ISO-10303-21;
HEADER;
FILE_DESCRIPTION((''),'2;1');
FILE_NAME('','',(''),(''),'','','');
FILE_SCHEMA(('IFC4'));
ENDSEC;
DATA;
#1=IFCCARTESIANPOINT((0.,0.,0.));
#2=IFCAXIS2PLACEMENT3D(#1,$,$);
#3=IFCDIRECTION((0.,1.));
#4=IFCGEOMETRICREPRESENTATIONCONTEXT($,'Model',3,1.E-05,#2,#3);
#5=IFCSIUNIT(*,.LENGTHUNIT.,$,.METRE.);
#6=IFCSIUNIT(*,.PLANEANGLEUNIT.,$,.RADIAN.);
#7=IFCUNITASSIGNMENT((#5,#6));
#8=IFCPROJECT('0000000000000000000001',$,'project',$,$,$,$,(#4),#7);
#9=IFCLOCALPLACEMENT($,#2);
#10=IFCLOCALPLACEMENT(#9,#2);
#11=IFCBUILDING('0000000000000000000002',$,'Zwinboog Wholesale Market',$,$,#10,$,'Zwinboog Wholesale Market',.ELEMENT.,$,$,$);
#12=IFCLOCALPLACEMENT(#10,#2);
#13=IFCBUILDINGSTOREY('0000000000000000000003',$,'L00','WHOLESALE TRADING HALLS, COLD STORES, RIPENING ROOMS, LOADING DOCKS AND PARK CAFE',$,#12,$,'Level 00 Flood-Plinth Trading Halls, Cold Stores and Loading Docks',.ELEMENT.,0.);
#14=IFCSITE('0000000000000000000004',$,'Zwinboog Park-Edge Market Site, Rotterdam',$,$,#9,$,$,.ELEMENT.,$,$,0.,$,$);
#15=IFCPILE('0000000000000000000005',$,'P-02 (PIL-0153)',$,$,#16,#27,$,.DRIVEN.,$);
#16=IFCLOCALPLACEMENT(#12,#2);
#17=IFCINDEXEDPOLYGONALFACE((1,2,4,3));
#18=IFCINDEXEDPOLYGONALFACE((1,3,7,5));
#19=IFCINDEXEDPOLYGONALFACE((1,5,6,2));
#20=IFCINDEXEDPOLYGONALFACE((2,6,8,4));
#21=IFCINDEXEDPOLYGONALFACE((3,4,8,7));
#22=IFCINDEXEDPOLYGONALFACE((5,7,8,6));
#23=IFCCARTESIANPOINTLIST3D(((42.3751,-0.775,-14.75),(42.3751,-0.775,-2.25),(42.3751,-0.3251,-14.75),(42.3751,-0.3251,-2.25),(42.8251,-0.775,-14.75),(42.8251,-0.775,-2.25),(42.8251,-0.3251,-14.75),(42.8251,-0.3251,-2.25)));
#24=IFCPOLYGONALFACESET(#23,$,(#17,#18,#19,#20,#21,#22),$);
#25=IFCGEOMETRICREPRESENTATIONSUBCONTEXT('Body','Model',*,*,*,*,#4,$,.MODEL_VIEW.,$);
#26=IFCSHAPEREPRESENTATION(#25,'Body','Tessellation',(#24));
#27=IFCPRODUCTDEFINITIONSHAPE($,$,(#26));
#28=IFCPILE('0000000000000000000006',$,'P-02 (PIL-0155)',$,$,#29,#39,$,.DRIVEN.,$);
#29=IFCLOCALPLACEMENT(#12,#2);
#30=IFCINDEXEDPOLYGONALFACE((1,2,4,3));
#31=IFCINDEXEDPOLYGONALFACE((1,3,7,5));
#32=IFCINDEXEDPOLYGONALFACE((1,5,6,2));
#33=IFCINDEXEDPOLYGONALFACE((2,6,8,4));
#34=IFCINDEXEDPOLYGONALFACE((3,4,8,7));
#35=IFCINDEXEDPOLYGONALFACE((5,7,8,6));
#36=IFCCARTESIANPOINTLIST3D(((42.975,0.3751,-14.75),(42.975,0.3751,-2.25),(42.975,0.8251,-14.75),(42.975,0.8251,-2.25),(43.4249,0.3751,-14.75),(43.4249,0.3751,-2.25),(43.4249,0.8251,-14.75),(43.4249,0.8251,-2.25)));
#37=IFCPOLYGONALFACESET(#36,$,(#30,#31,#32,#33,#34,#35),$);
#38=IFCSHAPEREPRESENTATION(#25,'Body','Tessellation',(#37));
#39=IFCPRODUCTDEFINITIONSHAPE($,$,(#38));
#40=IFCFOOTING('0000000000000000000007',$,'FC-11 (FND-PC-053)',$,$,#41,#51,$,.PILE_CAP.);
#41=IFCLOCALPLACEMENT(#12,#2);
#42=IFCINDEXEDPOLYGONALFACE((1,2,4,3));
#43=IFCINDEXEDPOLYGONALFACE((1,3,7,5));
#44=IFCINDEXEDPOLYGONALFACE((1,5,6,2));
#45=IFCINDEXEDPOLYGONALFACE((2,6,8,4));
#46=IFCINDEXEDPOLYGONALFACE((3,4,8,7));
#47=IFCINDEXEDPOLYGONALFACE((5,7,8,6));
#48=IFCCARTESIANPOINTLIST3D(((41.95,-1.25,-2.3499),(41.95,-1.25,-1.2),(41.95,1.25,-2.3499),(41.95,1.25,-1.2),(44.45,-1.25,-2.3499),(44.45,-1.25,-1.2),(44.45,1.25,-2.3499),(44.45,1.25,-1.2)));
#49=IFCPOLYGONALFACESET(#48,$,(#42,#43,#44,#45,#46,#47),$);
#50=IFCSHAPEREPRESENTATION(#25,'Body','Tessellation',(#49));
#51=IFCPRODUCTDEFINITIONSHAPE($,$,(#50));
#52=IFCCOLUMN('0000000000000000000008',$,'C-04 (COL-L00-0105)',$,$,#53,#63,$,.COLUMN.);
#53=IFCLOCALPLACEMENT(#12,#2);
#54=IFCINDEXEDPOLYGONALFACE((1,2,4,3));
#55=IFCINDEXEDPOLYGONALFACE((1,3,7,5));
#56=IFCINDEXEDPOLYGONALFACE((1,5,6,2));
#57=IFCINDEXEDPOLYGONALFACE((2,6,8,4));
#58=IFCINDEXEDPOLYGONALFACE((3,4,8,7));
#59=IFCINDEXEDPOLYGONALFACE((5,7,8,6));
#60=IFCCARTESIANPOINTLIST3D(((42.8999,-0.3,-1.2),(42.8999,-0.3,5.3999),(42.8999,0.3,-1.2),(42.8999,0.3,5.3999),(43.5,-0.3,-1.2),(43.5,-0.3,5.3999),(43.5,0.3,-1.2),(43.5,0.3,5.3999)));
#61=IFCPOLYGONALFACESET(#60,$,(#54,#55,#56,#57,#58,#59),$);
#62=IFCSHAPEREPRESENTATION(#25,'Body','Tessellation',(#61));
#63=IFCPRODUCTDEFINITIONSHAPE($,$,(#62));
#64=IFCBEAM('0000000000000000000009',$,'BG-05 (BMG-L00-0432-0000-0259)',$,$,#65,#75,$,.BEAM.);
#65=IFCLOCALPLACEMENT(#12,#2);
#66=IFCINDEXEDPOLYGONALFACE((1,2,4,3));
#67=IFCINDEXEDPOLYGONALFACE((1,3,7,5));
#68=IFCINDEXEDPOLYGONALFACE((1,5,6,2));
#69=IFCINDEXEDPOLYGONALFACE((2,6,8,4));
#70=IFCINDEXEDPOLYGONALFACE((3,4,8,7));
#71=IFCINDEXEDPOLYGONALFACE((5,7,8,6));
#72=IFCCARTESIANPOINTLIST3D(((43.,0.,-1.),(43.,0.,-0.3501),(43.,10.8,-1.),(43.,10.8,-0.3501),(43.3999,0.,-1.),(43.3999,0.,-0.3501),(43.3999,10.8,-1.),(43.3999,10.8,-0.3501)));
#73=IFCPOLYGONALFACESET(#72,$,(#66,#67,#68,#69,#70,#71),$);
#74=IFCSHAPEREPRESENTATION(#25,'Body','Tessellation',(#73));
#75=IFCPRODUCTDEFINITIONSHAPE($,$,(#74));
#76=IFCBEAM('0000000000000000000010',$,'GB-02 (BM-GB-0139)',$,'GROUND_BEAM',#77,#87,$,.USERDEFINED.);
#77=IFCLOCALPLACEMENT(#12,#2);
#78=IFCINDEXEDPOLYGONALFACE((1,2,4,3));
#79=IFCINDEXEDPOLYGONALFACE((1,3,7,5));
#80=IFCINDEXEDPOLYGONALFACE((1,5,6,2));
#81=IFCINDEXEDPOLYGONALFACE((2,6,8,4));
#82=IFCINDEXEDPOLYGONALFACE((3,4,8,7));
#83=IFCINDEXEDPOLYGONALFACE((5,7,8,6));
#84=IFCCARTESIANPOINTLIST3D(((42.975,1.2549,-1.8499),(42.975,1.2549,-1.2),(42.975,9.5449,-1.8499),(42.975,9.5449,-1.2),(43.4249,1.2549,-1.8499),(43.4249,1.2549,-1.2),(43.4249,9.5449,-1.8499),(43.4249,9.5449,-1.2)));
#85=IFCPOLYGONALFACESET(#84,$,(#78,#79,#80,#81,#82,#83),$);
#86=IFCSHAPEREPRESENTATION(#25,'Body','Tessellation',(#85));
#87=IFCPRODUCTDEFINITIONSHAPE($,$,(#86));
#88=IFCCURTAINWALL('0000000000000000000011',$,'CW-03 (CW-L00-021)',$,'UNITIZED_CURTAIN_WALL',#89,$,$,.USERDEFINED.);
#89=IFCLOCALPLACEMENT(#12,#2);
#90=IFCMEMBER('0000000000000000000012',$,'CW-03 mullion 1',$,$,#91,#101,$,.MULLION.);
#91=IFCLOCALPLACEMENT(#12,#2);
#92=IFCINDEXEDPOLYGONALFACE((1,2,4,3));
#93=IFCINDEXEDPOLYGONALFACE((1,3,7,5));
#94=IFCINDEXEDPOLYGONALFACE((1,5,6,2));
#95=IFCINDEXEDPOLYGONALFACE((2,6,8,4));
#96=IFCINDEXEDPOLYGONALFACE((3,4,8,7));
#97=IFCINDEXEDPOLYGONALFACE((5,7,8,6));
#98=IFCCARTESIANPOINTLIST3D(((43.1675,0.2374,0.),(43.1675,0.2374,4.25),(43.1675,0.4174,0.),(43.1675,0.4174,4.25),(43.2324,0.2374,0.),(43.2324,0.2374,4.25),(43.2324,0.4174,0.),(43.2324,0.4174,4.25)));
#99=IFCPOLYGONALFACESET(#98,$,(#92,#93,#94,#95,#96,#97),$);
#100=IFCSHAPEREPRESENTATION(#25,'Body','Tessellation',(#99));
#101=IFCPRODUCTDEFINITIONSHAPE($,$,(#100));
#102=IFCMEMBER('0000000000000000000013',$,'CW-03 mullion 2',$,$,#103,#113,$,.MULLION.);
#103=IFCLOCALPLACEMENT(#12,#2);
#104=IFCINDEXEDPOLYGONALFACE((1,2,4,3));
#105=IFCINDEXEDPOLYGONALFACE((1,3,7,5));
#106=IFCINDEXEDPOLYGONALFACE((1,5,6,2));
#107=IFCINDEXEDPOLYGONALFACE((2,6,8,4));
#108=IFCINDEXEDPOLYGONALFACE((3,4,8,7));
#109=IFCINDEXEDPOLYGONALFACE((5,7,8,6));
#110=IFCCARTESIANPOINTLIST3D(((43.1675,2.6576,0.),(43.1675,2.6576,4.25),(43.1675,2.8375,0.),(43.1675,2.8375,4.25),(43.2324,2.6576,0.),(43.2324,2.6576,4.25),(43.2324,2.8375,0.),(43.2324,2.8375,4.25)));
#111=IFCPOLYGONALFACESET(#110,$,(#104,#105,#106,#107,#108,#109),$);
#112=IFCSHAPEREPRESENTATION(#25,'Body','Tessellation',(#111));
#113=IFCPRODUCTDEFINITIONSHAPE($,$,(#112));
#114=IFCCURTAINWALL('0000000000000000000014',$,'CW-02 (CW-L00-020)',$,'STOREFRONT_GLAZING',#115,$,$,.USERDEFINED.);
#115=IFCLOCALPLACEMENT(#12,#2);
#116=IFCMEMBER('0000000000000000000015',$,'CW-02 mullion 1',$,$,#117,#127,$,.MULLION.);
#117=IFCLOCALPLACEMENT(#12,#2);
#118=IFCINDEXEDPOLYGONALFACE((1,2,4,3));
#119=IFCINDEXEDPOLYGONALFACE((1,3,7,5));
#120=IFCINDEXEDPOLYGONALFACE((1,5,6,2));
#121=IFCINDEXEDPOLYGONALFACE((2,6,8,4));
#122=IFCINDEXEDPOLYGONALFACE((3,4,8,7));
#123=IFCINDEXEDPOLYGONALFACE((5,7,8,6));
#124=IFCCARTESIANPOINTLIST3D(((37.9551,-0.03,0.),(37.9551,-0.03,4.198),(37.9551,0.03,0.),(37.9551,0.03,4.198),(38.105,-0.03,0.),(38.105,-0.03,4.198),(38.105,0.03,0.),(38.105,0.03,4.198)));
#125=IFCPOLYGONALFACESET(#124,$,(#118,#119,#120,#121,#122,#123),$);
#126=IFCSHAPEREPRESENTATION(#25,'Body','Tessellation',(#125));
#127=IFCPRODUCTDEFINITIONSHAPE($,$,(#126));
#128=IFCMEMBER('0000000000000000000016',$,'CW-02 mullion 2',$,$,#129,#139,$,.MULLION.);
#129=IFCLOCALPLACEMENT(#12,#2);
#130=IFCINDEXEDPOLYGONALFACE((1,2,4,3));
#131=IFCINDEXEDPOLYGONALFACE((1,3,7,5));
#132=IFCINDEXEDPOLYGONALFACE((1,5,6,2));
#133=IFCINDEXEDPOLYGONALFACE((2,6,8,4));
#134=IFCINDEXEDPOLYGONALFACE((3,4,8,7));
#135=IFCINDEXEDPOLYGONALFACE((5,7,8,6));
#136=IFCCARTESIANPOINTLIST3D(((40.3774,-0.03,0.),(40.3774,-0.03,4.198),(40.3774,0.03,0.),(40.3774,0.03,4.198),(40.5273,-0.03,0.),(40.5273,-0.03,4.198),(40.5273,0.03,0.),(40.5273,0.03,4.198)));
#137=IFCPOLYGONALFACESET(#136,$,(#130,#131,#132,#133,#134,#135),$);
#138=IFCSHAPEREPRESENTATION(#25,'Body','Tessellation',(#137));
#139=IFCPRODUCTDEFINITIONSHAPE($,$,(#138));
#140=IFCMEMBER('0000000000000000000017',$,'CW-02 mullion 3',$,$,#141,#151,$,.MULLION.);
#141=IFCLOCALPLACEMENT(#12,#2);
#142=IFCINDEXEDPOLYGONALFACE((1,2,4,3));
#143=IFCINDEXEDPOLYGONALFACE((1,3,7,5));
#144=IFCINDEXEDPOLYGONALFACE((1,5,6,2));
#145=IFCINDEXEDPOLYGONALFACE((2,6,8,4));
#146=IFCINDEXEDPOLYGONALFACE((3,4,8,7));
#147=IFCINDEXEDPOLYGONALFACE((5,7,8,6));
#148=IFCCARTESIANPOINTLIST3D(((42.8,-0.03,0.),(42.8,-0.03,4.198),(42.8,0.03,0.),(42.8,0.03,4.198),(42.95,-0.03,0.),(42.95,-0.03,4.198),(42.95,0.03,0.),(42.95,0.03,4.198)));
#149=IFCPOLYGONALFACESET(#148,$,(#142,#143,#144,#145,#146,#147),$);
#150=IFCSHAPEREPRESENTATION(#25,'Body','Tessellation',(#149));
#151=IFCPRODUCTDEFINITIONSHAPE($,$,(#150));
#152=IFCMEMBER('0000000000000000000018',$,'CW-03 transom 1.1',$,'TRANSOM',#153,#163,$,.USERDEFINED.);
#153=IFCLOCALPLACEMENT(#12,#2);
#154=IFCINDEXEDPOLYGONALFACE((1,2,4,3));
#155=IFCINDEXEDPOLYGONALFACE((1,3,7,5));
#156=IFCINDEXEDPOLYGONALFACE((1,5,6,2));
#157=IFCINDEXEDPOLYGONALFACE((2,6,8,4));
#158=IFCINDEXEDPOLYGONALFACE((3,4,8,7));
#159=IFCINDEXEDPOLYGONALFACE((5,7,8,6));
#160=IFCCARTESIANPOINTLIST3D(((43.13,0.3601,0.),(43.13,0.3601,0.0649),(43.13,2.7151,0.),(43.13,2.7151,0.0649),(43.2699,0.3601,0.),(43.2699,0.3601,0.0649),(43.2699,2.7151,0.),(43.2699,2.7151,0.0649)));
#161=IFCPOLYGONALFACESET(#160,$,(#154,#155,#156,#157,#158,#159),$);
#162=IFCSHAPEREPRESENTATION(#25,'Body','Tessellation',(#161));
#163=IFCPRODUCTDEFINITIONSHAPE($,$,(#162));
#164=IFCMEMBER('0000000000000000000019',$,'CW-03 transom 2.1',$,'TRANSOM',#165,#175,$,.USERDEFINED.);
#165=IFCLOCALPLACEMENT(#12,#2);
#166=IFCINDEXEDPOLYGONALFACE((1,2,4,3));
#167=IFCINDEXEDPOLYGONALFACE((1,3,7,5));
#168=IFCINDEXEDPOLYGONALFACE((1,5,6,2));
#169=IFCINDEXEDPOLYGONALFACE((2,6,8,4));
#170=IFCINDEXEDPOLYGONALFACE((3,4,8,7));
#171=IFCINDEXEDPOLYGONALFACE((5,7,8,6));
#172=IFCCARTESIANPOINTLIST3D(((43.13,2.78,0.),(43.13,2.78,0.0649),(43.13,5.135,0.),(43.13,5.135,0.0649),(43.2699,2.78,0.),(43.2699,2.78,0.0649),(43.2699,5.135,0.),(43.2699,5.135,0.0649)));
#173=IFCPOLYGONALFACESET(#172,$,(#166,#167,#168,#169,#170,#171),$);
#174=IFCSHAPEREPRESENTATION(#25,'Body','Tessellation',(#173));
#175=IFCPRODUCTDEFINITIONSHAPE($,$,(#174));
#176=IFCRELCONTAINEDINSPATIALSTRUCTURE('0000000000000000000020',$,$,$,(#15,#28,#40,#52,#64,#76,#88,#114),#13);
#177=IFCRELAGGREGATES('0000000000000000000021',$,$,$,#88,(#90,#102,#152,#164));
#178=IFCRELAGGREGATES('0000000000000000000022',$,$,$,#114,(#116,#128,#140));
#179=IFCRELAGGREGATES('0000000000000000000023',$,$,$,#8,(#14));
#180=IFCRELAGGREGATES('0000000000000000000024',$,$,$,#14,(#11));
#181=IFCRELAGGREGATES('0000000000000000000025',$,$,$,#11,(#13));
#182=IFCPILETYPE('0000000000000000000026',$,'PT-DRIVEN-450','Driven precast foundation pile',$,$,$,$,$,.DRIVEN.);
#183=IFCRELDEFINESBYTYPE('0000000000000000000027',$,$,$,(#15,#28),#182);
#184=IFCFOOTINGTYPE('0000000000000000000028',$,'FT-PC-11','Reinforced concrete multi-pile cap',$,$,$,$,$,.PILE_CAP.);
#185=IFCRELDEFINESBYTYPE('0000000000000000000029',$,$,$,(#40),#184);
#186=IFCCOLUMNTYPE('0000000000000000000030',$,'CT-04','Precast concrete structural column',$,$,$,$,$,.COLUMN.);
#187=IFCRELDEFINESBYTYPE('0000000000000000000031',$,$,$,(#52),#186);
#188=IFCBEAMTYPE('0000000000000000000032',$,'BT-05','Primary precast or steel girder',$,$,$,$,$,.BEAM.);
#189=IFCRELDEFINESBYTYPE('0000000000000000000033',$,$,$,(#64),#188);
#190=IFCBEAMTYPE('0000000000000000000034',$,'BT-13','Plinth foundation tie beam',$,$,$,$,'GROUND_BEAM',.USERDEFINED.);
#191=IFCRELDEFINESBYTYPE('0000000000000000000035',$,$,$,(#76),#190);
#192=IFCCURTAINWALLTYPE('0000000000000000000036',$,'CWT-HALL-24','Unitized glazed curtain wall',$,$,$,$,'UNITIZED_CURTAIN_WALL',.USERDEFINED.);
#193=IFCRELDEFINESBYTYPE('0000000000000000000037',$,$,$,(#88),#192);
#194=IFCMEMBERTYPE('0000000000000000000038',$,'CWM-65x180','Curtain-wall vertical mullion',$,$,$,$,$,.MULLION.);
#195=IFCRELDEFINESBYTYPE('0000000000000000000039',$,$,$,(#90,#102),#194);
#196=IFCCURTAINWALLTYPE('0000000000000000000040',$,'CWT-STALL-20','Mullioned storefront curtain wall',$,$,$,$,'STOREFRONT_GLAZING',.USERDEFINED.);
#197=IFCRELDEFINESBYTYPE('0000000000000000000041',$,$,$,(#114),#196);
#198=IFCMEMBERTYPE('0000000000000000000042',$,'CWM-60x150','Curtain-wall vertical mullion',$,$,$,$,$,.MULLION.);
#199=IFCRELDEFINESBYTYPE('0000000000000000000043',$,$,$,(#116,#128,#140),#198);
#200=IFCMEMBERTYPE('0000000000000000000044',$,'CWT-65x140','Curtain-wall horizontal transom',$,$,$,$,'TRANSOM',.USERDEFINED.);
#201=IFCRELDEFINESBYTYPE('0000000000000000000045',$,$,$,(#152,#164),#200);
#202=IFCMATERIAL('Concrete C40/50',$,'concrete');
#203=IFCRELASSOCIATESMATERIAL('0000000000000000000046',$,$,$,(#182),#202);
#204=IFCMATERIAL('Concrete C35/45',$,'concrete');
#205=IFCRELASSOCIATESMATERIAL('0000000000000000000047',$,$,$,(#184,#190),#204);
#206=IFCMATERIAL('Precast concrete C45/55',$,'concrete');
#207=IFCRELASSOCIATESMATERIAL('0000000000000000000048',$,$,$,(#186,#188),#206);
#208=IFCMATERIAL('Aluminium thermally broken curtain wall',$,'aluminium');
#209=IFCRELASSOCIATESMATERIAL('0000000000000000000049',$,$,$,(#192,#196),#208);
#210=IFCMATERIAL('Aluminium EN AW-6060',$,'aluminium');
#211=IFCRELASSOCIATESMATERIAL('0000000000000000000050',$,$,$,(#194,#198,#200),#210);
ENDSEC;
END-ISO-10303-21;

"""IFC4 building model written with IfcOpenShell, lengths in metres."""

from ifc_helpers import new_model, si_unit, direction, frame, origin, origin_2d, place, context, subcontext, project, spatial, rectangle, extrude, material, material_profile, profile_set, type_object, element, aggregate, save


model = new_model("IFC4")

# Units and contexts
model_context = context("Model", 3, precision=1e-05, world=origin(), true_north=direction((0.0, 1.0)))
body_context = subcontext(model_context, "Body", "Model", "MODEL_VIEW")
ifc_project = project(units=[si_unit("LENGTHUNIT", "METRE"), si_unit("PLANEANGLEUNIT", "RADIAN")], contexts=[model_context])

# Site, building, storey
site_placement = place(None, origin())
site = spatial("IfcSite", under=ifc_project, at=site_placement, Name="Zwinboog Park-Edge Market Site, Rotterdam", CompositionType="ELEMENT", RefElevation=0.0)
building_placement = place(site_placement, origin())
building = spatial("IfcBuilding", under=site, at=building_placement, Name="Zwinboog Wholesale Market", LongName="Zwinboog Wholesale Market", CompositionType="ELEMENT")
storey_placement = place(building_placement, origin())
storey = spatial("IfcBuildingStorey", under=building, at=storey_placement, Name="L00", Description="WHOLESALE TRADING HALLS, COLD STORES, RIPENING ROOMS, LOADING DOCKS AND PARK CAFE", LongName="Level 00 Flood-Plinth Trading Halls, Cold Stores and Loading Docks", CompositionType="ELEMENT", Elevation=0.0)

# Piles
ifc_material_1 = material(Name="Concrete C40/50", Category="concrete")
ifc_material_profile_1 = material_profile(ifc_material_1, rectangle(XDim=0.45, YDim=0.45, at=origin_2d()), Name="PILE SQ450")
ifc_profile_set_1 = profile_set([ifc_material_profile_1], Name="Concrete C40/50")
pile_type = type_object("IfcPileType", Name="PT-DRIVEN-450", Description="Driven precast foundation pile", PredefinedType="DRIVEN", material=ifc_profile_set_1)
for number, where, z_axis, x_axis, name in (
    (1, (42.6001, -0.55, -2.25), (0.0, 0.0, -1.0), (1.0, 0.0, 0.0), "P-02 (PIL-0153)"),
    (2, (43.2, 0.6001, -2.25), (0.0, 0.0, -1.0), (1.0, 0.0, 0.0), "P-02 (PIL-0155)"),
):
    element("IfcPile", number, at=place(storey_placement, frame(where, z_axis=z_axis, x_axis=x_axis)), inside=storey, type_object=pile_type, Name=name, PredefinedType="DRIVEN", context=body_context, shape_type="SweptSolid", body=[
        extrude(rectangle(XDim=0.45, YDim=0.45, at=origin_2d()), origin(), (0.0, 0.0, 1.0), 12.5),
    ])

# Footing
ifc_material_2 = material(Name="Concrete C35/45", Category="concrete")
footing_type = type_object("IfcFootingType", Name="FT-PC-11", Description="Reinforced concrete multi-pile cap", PredefinedType="PILE_CAP", material=ifc_material_2)
footing_placement = place(storey_placement, frame((43.2, 0.0, -2.3499), z_axis=(0.0, 0.0, 1.0), x_axis=(1.0, 0.0, 0.0)))
element("IfcFooting", 3, at=footing_placement, inside=storey, type_object=footing_type, Name="FC-11 (FND-PC-053)", PredefinedType="PILE_CAP", context=body_context, shape_type="SweptSolid", body=[
    extrude(rectangle(XDim=2.5, YDim=2.5, at=origin_2d()), origin(), (0.0, 0.0, 1.0), 1.1499),
])

# Column
ifc_material_3 = material(Name="Precast concrete C45/55", Category="concrete")
ifc_material_profile_2 = material_profile(ifc_material_3, rectangle(XDim=0.6001, YDim=0.6001, at=origin_2d()), Name="PC 600x600")
ifc_profile_set_2 = profile_set([ifc_material_profile_2], Name="Precast concrete C45/55")
column_type = type_object("IfcColumnType", Name="CT-04", Description="Precast concrete structural column", PredefinedType="COLUMN", material=ifc_profile_set_2)
column_placement = place(storey_placement, frame((43.2, 0.0, -1.2), z_axis=(0.0, 0.0, 1.0), x_axis=(1.0, 0.0, 0.0)))
element("IfcColumn", 4, at=column_placement, inside=storey, type_object=column_type, Name="C-04 (COL-L00-0105)", PredefinedType="COLUMN", context=body_context, shape_type="SweptSolid", body=[
    extrude(rectangle(XDim=0.6001, YDim=0.6001, at=origin_2d()), origin(), (0.0, 0.0, 1.0), 6.5999),
])

# Beams
ifc_material_profile_3 = material_profile(ifc_material_3, rectangle(XDim=0.3999, YDim=0.6499, at=origin_2d()), Name="PC 400x650")
ifc_profile_set_3 = profile_set([ifc_material_profile_3], Name="Precast concrete C45/55")
beam_type_1 = type_object("IfcBeamType", Name="BT-05", Description="Primary precast or steel girder", PredefinedType="BEAM", material=ifc_profile_set_3)
beam_1_placement = place(storey_placement, frame((43.2, 0.0, -0.675), z_axis=(0.0, 1.0, 0.0), x_axis=(-1.0, 0.0, 0.0)))
element("IfcBeam", 5, at=beam_1_placement, inside=storey, type_object=beam_type_1, Name="BG-05 (BMG-L00-0432-0000-0259)", PredefinedType="BEAM", context=body_context, shape_type="SweptSolid", body=[
    extrude(rectangle(XDim=0.3999, YDim=0.6499, at=origin_2d()), origin(), (0.0, 0.0, 1.0), 10.8),
])
ifc_material_profile_4 = material_profile(ifc_material_2, rectangle(XDim=0.45, YDim=0.6499, at=origin_2d()), Name="RC 450x650")
ifc_profile_set_4 = profile_set([ifc_material_profile_4], Name="Concrete C35/45")
beam_type_2 = type_object("IfcBeamType", Name="BT-13", Description="Plinth foundation tie beam", ElementType="GROUND_BEAM", PredefinedType="USERDEFINED", material=ifc_profile_set_4)
beam_2_placement = place(storey_placement, frame((43.2, 1.2549, -1.5249), z_axis=(0.0, 1.0, 0.0), x_axis=(-1.0, 0.0, 0.0)))
element("IfcBeam", 6, at=beam_2_placement, inside=storey, type_object=beam_type_2, Name="GB-02 (BM-GB-0139)", ObjectType="GROUND_BEAM", PredefinedType="USERDEFINED", context=body_context, shape_type="SweptSolid", body=[
    extrude(rectangle(XDim=0.45, YDim=0.6499, at=origin_2d()), origin(), (0.0, 0.0, 1.0), 8.29),
])

# Curtain walls, members
ifc_material_4 = material(Name="Aluminium thermally broken curtain wall", Category="aluminium")
curtain_wall_type_1 = type_object("IfcCurtainWallType", Name="CWT-HALL-24", Description="Unitized glazed curtain wall", ElementType="UNITIZED_CURTAIN_WALL", PredefinedType="USERDEFINED", material=ifc_material_4)
curtain_wall_1_placement = place(storey_placement, origin())
curtain_wall_1 = element("IfcCurtainWall", 7, at=curtain_wall_1_placement, inside=storey, type_object=curtain_wall_type_1, Name="CW-03 (CW-L00-021)", ObjectType="UNITIZED_CURTAIN_WALL", PredefinedType="USERDEFINED")
ifc_material_5 = material(Name="Aluminium EN AW-6060", Category="aluminium")
ifc_material_profile_5 = material_profile(ifc_material_5, rectangle(XDim=0.0649, YDim=0.1799, at=origin_2d()), Name="AL 65x180")
ifc_profile_set_5 = profile_set([ifc_material_profile_5], Name="Aluminium EN AW-6060")
member_type_1 = type_object("IfcMemberType", Name="CWM-65x180", Description="Curtain-wall vertical mullion", PredefinedType="MULLION", material=ifc_profile_set_5)
member_1_placement = place(storey_placement, frame((43.2, 0.3274, 0.0), z_axis=(0.0, 0.0, 1.0), x_axis=(-1.0, 0.0, 0.0)))
member_1 = element("IfcMember", 8, at=member_1_placement, type_object=member_type_1, Name="CW-03 mullion 1", PredefinedType="MULLION", context=body_context, shape_type="SweptSolid", body=[
    extrude(rectangle(XDim=0.0649, YDim=0.1799, at=origin_2d()), origin(), (0.0, 0.0, 1.0), 4.25),
])
member_2_placement = place(storey_placement, frame((43.2, 2.7476, 0.0), z_axis=(0.0, 0.0, 1.0), x_axis=(-1.0, 0.0, 0.0)))
member_2 = element("IfcMember", 9, at=member_2_placement, type_object=member_type_1, Name="CW-03 mullion 2", PredefinedType="MULLION", context=body_context, shape_type="SweptSolid", body=[
    extrude(rectangle(XDim=0.0649, YDim=0.1799, at=origin_2d()), origin(), (0.0, 0.0, 1.0), 4.25),
])
curtain_wall_type_2 = type_object("IfcCurtainWallType", Name="CWT-STALL-20", Description="Mullioned storefront curtain wall", ElementType="STOREFRONT_GLAZING", PredefinedType="USERDEFINED", material=ifc_material_4)
curtain_wall_2_placement = place(storey_placement, origin())
curtain_wall_2 = element("IfcCurtainWall", 10, at=curtain_wall_2_placement, inside=storey, type_object=curtain_wall_type_2, Name="CW-02 (CW-L00-020)", ObjectType="STOREFRONT_GLAZING", PredefinedType="USERDEFINED")
ifc_material_profile_6 = material_profile(ifc_material_5, rectangle(XDim=0.0601, YDim=0.1499, at=origin_2d()), Name="AL 60x150")
ifc_profile_set_6 = profile_set([ifc_material_profile_6], Name="Aluminium EN AW-6060")
member_type_2 = type_object("IfcMemberType", Name="CWM-60x150", Description="Curtain-wall vertical mullion", PredefinedType="MULLION", material=ifc_profile_set_6)
member_3_placement = place(storey_placement, frame((38.03, 0.0, 0.0), z_axis=(0.0, 0.0, 1.0), x_axis=(0.0, 1.0, 0.0)))
member_3 = element("IfcMember", 11, at=member_3_placement, type_object=member_type_2, Name="CW-02 mullion 1", PredefinedType="MULLION", context=body_context, shape_type="SweptSolid", body=[
    extrude(rectangle(XDim=0.0601, YDim=0.1499, at=origin_2d()), origin(), (0.0, 0.0, 1.0), 4.198),
])
member_4_placement = place(storey_placement, frame((40.4524, 0.0, 0.0), z_axis=(0.0, 0.0, 1.0), x_axis=(0.0, 1.0, 0.0)))
member_4 = element("IfcMember", 12, at=member_4_placement, type_object=member_type_2, Name="CW-02 mullion 2", PredefinedType="MULLION", context=body_context, shape_type="SweptSolid", body=[
    extrude(rectangle(XDim=0.0601, YDim=0.1499, at=origin_2d()), origin(), (0.0, 0.0, 1.0), 4.198),
])
member_5_placement = place(storey_placement, frame((42.875, 0.0, 0.0), z_axis=(0.0, 0.0, 1.0), x_axis=(0.0, 1.0, 0.0)))
member_5 = element("IfcMember", 13, at=member_5_placement, type_object=member_type_2, Name="CW-02 mullion 3", PredefinedType="MULLION", context=body_context, shape_type="SweptSolid", body=[
    extrude(rectangle(XDim=0.0601, YDim=0.1499, at=origin_2d()), origin(), (0.0, 0.0, 1.0), 4.198),
])

# Members
ifc_material_profile_7 = material_profile(ifc_material_5, rectangle(XDim=0.1399, YDim=0.0649, at=origin_2d()), Name="AL 65x140")
ifc_profile_set_7 = profile_set([ifc_material_profile_7], Name="Aluminium EN AW-6060")
member_type_3 = type_object("IfcMemberType", Name="CWT-65x140", Description="Curtain-wall horizontal transom", ElementType="TRANSOM", PredefinedType="USERDEFINED", material=ifc_profile_set_7)
member_6_placement = place(storey_placement, frame((43.2, 0.3601, 0.0325), z_axis=(0.0, 1.0, 0.0), x_axis=(-1.0, 0.0, 0.0)))
member_6 = element("IfcMember", 14, at=member_6_placement, type_object=member_type_3, Name="CW-03 transom 1.1", ObjectType="TRANSOM", PredefinedType="USERDEFINED", context=body_context, shape_type="SweptSolid", body=[
    extrude(rectangle(XDim=0.1399, YDim=0.0649, at=origin_2d()), origin(), (0.0, 0.0, 1.0), 2.355),
])
member_7_placement = place(storey_placement, frame((43.2, 2.78, 0.0325), z_axis=(0.0, 1.0, 0.0), x_axis=(-1.0, 0.0, 0.0)))
member_7 = element("IfcMember", 15, at=member_7_placement, type_object=member_type_3, Name="CW-03 transom 2.1", ObjectType="TRANSOM", PredefinedType="USERDEFINED", context=body_context, shape_type="SweptSolid", body=[
    extrude(rectangle(XDim=0.1399, YDim=0.0649, at=origin_2d()), origin(), (0.0, 0.0, 1.0), 2.355),
])
aggregate(curtain_wall_1, [member_1, member_2, member_6, member_7])

aggregate(curtain_wall_2, [member_3, member_4, member_5])

save(model, "model.ifc")
